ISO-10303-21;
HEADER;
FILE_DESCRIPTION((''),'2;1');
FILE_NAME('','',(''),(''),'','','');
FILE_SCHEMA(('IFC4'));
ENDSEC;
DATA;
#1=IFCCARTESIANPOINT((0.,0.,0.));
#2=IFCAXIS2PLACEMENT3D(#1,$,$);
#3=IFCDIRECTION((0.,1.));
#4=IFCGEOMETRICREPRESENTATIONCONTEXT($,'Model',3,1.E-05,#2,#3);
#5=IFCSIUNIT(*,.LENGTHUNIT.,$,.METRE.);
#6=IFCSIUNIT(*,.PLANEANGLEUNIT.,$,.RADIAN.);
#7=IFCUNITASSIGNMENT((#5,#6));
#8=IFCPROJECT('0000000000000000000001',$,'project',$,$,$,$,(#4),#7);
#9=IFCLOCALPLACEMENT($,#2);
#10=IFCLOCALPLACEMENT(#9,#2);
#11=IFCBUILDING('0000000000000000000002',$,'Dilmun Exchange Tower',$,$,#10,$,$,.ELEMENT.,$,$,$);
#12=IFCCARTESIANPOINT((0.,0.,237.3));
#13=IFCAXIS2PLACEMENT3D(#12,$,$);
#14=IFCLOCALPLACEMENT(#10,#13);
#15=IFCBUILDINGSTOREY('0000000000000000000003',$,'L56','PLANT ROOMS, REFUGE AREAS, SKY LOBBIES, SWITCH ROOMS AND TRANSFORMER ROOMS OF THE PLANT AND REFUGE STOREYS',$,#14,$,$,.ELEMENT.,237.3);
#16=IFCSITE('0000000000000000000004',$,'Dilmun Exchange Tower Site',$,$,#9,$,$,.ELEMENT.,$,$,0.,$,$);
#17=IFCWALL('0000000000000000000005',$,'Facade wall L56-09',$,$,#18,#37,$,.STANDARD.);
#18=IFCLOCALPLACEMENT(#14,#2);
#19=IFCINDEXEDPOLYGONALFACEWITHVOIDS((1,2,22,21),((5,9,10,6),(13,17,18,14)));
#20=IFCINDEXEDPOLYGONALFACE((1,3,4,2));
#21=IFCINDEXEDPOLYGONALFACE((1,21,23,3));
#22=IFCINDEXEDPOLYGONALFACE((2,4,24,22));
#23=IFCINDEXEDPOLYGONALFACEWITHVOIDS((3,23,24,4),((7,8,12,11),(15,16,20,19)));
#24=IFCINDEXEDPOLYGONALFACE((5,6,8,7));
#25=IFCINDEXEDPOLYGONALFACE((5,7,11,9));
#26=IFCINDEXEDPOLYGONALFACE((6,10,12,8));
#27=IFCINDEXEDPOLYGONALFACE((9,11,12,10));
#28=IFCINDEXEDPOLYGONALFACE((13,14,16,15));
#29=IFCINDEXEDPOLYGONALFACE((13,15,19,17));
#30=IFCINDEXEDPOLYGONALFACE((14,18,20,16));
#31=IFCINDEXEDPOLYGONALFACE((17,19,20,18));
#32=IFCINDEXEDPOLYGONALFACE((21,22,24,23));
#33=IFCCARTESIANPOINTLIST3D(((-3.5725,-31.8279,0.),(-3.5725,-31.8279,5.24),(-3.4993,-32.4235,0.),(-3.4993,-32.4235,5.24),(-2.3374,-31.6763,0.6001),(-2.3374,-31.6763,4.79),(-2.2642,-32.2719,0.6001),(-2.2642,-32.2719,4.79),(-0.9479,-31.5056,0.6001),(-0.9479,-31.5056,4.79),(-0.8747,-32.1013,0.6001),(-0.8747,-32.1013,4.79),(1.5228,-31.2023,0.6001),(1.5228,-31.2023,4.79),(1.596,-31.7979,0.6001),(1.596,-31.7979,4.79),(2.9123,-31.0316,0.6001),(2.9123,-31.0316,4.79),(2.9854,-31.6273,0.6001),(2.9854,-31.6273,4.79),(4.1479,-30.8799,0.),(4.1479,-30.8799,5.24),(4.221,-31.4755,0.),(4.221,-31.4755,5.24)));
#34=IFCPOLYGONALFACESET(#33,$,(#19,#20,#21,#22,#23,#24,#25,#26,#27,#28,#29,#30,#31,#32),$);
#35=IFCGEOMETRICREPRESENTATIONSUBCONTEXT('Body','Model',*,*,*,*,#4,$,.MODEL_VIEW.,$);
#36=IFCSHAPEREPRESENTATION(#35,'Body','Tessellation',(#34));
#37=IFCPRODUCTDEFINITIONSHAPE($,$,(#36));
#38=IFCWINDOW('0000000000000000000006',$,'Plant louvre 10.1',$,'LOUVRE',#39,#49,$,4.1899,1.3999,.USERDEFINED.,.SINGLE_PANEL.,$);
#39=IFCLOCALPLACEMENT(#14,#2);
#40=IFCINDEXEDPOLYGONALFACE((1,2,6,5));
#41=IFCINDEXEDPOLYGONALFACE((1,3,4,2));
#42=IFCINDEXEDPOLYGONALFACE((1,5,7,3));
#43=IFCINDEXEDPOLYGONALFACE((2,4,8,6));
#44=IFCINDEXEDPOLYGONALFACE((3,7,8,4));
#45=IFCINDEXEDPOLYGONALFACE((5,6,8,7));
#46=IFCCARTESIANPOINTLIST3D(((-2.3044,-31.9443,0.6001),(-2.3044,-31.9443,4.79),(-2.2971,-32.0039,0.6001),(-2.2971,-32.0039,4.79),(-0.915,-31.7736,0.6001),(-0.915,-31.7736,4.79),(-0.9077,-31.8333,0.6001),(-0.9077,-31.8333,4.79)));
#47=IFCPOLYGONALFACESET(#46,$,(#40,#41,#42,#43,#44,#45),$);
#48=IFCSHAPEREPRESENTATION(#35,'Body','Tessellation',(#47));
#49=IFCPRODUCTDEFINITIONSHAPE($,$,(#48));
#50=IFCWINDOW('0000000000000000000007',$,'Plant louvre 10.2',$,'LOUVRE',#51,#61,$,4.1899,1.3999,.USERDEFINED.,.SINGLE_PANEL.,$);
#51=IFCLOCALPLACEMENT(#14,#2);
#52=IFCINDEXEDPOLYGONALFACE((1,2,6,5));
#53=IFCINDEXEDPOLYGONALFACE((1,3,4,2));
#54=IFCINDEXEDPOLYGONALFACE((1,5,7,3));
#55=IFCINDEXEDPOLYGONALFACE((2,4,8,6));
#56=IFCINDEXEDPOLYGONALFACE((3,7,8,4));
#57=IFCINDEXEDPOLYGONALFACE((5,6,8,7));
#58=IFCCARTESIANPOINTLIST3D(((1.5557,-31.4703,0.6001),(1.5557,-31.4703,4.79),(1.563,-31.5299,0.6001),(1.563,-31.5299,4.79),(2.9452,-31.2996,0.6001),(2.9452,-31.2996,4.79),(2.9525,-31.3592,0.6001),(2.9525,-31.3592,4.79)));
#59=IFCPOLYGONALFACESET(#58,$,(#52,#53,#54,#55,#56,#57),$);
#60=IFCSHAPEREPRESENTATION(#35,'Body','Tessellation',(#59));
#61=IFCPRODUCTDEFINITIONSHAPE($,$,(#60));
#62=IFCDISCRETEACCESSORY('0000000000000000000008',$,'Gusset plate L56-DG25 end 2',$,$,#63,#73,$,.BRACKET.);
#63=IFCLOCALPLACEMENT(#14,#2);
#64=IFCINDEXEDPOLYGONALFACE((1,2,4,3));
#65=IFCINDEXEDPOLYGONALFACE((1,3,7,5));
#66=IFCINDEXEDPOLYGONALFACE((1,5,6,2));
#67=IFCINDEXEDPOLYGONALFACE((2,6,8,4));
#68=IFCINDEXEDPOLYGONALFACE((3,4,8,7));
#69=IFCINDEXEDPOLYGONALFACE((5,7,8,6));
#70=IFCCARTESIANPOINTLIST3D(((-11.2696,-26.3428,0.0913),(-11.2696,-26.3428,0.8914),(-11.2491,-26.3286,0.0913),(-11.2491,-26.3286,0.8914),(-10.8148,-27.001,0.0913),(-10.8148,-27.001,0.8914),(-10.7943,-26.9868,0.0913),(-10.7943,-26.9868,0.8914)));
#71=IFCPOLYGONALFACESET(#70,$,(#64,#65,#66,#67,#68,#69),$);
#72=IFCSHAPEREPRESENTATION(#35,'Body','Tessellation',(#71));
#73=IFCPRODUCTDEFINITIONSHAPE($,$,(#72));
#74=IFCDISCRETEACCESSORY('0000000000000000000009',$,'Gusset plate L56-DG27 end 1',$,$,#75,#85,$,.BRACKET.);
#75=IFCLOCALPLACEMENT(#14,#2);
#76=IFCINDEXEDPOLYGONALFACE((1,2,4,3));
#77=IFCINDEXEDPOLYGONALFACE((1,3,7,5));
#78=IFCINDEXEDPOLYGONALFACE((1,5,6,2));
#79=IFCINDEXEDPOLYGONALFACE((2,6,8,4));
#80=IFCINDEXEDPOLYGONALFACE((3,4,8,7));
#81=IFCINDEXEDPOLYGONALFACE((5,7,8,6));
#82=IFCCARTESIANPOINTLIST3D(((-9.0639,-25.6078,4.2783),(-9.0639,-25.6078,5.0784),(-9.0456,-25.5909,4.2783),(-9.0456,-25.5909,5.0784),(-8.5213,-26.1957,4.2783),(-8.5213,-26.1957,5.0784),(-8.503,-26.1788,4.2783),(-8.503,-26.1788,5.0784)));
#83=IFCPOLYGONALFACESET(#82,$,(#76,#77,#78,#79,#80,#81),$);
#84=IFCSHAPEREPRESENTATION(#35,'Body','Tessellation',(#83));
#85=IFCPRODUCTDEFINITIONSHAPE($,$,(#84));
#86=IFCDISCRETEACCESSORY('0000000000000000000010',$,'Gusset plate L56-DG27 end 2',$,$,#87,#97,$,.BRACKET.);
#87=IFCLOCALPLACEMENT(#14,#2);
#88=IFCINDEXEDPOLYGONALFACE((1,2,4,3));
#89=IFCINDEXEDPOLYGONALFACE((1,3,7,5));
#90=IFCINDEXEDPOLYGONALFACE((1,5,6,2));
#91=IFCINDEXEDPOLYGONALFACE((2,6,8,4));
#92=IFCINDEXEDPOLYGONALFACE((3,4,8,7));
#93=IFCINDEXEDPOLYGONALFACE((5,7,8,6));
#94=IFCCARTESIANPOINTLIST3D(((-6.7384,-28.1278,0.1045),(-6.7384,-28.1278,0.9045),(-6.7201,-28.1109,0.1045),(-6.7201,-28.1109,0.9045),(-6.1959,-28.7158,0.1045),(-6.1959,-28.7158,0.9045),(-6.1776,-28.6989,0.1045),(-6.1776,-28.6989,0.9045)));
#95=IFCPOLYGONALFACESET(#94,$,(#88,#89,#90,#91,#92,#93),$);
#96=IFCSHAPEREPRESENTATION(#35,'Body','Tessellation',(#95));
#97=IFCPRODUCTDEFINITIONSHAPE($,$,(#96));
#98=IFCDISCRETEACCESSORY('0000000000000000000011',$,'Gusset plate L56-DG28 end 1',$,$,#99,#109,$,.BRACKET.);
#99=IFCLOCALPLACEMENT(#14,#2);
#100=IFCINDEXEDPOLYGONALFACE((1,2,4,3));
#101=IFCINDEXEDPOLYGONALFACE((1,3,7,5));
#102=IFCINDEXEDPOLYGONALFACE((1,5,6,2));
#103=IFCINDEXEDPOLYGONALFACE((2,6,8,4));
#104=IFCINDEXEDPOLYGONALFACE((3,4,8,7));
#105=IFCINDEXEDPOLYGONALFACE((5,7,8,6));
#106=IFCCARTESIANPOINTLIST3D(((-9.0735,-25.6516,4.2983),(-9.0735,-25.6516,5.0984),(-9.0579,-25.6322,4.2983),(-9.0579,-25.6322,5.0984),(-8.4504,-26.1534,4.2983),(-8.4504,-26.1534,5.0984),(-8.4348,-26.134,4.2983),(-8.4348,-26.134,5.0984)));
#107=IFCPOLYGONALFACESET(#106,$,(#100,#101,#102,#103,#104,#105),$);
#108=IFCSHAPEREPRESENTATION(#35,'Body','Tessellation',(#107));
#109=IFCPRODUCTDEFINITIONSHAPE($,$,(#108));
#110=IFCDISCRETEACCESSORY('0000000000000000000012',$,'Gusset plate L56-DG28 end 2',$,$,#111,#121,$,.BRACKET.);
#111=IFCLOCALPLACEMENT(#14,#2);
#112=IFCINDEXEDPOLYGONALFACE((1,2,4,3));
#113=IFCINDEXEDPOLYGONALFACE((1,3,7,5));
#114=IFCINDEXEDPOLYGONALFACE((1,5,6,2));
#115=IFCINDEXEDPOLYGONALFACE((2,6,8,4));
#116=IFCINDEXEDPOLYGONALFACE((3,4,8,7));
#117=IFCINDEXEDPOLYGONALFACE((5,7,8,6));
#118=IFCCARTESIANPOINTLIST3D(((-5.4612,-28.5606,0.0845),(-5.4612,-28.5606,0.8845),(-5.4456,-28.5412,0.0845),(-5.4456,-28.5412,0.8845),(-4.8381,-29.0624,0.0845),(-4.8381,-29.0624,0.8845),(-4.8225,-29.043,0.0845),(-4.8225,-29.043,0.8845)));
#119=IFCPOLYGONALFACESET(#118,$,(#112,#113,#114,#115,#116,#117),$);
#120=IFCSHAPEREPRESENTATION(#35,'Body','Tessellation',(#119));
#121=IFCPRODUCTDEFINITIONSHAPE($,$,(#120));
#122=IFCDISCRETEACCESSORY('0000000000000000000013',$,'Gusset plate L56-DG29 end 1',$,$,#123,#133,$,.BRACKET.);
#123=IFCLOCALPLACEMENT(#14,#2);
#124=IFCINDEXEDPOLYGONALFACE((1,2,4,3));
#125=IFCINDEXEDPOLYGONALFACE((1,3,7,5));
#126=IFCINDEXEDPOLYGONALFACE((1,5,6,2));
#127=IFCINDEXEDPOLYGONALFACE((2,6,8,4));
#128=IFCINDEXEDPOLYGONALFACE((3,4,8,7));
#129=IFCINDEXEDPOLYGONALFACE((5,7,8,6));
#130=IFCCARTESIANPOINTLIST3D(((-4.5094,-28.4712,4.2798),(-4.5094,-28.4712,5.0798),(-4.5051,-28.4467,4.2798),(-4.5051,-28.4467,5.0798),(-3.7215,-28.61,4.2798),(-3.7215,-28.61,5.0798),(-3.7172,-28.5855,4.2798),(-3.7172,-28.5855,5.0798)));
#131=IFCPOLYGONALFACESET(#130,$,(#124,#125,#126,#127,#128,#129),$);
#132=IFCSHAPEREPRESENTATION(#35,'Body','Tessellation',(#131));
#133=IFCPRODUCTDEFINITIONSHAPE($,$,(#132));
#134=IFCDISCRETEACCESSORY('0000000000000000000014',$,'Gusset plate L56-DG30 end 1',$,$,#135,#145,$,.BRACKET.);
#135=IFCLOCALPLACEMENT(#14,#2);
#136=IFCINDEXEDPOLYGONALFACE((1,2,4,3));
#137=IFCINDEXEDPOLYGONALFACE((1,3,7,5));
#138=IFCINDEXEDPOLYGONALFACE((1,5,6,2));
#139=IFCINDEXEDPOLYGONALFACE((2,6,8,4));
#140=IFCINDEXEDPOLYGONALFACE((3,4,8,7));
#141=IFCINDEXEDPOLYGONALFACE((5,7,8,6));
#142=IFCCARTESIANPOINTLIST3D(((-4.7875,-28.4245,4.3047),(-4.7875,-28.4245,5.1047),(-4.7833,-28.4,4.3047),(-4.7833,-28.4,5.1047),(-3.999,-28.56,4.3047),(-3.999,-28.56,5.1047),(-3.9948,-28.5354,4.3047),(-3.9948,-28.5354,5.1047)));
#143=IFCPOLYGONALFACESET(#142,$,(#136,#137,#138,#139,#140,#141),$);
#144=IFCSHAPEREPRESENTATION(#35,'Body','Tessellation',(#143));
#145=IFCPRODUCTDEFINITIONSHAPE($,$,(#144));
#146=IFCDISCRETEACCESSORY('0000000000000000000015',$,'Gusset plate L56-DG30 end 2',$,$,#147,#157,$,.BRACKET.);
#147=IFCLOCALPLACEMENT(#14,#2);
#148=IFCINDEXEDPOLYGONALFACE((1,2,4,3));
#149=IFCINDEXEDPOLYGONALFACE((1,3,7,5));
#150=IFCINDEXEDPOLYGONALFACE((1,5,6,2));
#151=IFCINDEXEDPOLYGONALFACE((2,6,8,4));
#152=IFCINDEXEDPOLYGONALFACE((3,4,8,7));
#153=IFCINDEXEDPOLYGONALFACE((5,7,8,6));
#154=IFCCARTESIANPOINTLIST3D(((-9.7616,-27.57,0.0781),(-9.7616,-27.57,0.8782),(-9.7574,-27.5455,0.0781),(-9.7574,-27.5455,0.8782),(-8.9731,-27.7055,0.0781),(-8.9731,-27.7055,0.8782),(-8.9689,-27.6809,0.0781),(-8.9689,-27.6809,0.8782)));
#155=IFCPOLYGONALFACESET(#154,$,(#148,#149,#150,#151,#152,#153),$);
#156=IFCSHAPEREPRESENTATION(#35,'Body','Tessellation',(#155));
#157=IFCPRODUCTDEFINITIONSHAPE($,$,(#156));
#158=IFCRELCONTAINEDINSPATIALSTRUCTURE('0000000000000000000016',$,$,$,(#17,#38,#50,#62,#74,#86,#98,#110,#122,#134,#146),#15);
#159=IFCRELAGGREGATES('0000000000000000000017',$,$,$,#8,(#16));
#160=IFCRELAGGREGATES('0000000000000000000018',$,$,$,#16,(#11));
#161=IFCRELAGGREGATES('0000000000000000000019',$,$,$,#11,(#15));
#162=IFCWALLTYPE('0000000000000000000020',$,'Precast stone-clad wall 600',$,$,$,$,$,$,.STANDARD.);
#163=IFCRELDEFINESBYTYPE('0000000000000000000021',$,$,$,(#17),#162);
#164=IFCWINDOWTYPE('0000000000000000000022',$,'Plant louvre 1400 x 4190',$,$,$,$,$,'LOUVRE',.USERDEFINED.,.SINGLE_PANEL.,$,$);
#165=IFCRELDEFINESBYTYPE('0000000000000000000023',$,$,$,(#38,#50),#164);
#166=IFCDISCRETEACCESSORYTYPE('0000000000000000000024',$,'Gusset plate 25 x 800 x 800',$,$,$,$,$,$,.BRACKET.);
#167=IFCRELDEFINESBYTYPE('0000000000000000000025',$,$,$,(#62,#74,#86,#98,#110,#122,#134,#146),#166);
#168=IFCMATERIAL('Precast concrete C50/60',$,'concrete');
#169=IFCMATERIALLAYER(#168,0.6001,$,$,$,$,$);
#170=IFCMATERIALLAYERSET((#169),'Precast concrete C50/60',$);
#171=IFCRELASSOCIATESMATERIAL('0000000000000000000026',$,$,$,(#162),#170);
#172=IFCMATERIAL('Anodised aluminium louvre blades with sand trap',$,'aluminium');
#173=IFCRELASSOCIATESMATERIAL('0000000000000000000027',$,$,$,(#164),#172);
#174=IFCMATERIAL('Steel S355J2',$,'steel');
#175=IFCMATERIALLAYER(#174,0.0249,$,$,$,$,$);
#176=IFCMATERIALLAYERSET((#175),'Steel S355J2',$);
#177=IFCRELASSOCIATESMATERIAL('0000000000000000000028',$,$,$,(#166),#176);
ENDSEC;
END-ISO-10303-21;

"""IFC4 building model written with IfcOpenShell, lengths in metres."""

from ifc_helpers import new_model, si_unit, direction, frame, frame_2d, origin, origin_2d, place, context, subcontext, project, spatial, rectangle, extrude, material, layer, layer_set, type_object, element, fill, save


model = new_model("IFC4")

# Units and contexts
model_context = context("Model", 3, precision=1e-05, world=origin(), true_north=direction((0.0, 1.0)))
body_context = subcontext(model_context, "Body", "Model", "MODEL_VIEW")
ifc_project = project(units=[si_unit("LENGTHUNIT", "METRE"), si_unit("PLANEANGLEUNIT", "RADIAN")], contexts=[model_context])

# Site, building, storey
site_placement = place(None, origin())
site = spatial("IfcSite", under=ifc_project, at=site_placement, Name="Dilmun Exchange Tower Site", CompositionType="ELEMENT", RefElevation=0.0)
building_placement = place(site_placement, origin())
building = spatial("IfcBuilding", under=site, at=building_placement, Name="Dilmun Exchange Tower", CompositionType="ELEMENT")
storey_placement = place(building_placement, frame((0.0, 0.0, 237.3)))
storey = spatial("IfcBuildingStorey", under=building, at=storey_placement, Name="L56", Description="PLANT ROOMS, REFUGE AREAS, SKY LOBBIES, SWITCH ROOMS AND TRANSFORMER ROOMS OF THE PLANT AND REFUGE STOREYS", CompositionType="ELEMENT", Elevation=237.3)

# Shared definitions
ifc_material_1 = material(Name="Precast concrete C50/60", Category="concrete")
ifc_layer_1 = layer(ifc_material_1, 0.6001)
ifc_layer_set_1 = layer_set([ifc_layer_1], Name="Precast concrete C50/60")
wall_type_1 = type_object("IfcWallType", Name="Precast stone-clad wall 600", PredefinedType="STANDARD", material=ifc_layer_set_1)

# Wall, openings, windows
wall_1_placement = place(storey_placement, frame((-3.5359, -32.1257, 0.0), z_axis=(0.0, 0.0, 1.0), x_axis=(0.992545, 0.121879, 0.0)))
wall_1 = element("IfcWall", 1, at=wall_1_placement, inside=storey, type_object=wall_type_1, Name="Facade wall L56-09", PredefinedType="STANDARD", context=body_context, shape_type="SweptSolid", body=[
    extrude(rectangle(XDim=7.7783, YDim=0.6001, at=frame_2d((3.8892, 0.0))), origin(), (0.0, 0.0, 1.0), 5.24),
])
opening_1_placement = place(wall_1_placement, frame((1.2444, 0.0, 0.6001)))
opening_1 = element("IfcOpeningElement", 2, at=opening_1_placement, cuts=wall_1, PredefinedType="OPENING", context=body_context, shape_type="SweptSolid", body=[
    extrude(rectangle(XDim=1.3999, YDim=4.1899, at=frame_2d((0.7, 2.095))), frame((0.0, 0.3101, 0.0), z_axis=(0.0, -1.0, 0.0), x_axis=(1.0, 0.0, 0.0)), (0.0, 0.0, 1.0), 0.6201),
])
opening_2_placement = place(wall_1_placement, frame((5.1335, 0.0, 0.6001)))
opening_2 = element("IfcOpeningElement", 3, at=opening_2_placement, cuts=wall_1, PredefinedType="OPENING", context=body_context, shape_type="SweptSolid", body=[
    extrude(rectangle(XDim=1.3999, YDim=4.1899, at=frame_2d((0.7, 2.095))), frame((0.0, 0.3101, 0.0), z_axis=(0.0, -1.0, 0.0), x_axis=(1.0, 0.0, 0.0)), (0.0, 0.0, 1.0), 0.6201),
])
ifc_material_2 = material(Name="Anodised aluminium louvre blades with sand trap", Category="aluminium")
window_type = type_object("IfcWindowType", Name="Plant louvre 1400 x 4190", ElementType="LOUVRE", PartitioningType="SINGLE_PANEL", PredefinedType="USERDEFINED", material=ifc_material_2)
window_1_placement = place(opening_1_placement, origin())
window_1 = element("IfcWindow", 4, at=window_1_placement, inside=storey, type_object=window_type, Name="Plant louvre 10.1", ObjectType="LOUVRE", OverallHeight=4.1899, OverallWidth=1.3999, PartitioningType="SINGLE_PANEL", PredefinedType="USERDEFINED", context=body_context, shape_type="SweptSolid", body=[
    extrude(rectangle(XDim=1.3999, YDim=4.1899, at=frame_2d((0.7, 2.095))), frame((0.0, 0.03, 0.0), z_axis=(0.0, -1.0, 0.0), x_axis=(1.0, 0.0, 0.0)), (0.0, 0.0, 1.0), 0.0601),
])
fill(opening_1, window_1)
window_2_placement = place(opening_2_placement, origin())
window_2 = element("IfcWindow", 5, at=window_2_placement, inside=storey, type_object=window_type, Name="Plant louvre 10.2", ObjectType="LOUVRE", OverallHeight=4.1899, OverallWidth=1.3999, PartitioningType="SINGLE_PANEL", PredefinedType="USERDEFINED", context=body_context, shape_type="SweptSolid", body=[
    extrude(rectangle(XDim=1.3999, YDim=4.1899, at=frame_2d((0.7, 2.095))), frame((0.0, 0.03, 0.0), z_axis=(0.0, -1.0, 0.0), x_axis=(1.0, 0.0, 0.0)), (0.0, 0.0, 1.0), 0.0601),
])
fill(opening_2, window_2)

# Discrete accessories
ifc_material_3 = material(Name="Steel S355J2", Category="steel")
ifc_layer_2 = layer(ifc_material_3, 0.0249)
ifc_layer_set_2 = layer_set([ifc_layer_2], Name="Steel S355J2")
discrete_accessory_type = type_object("IfcDiscreteAccessoryType", Name="Gusset plate 25 x 800 x 800", PredefinedType="BRACKET", material=ifc_layer_set_2)
for number, where, z_axis, x_axis, name in (
    (6, (-11.032, -26.6648, 0.0913), (0.0, 0.0, 1.0), (0.56845, -0.822718, 0.0), "Gusset plate L56-DG25 end 2"),
    (7, (-8.7834, -25.8933, 4.2783), (0.0, 0.0, 1.0), (0.678178, -0.734898, 0.0), "Gusset plate L56-DG27 end 1"),
    (8, (-6.458, -28.4133, 0.1045), (0.0, 0.0, 1.0), (0.678178, -0.734898, 0.0), "Gusset plate L56-DG27 end 2"),
    (9, (-8.7542, -25.8928, 4.2983), (0.0, 0.0, 1.0), (0.77886, -0.627198, 0.0), "Gusset plate L56-DG28 end 1"),
    (10, (-5.1418, -28.8018, 0.0845), (0.0, 0.0, 1.0), (0.77886, -0.627198, 0.0), "Gusset plate L56-DG28 end 2"),
    (11, (-4.1133, -28.5283, 4.2798), (0.0, 0.0, 1.0), (0.984838, -0.173475, 0.0), "Gusset plate L56-DG29 end 1"),
    (12, (-4.3911, -28.48, 4.3047), (0.0, 0.0, 1.0), (-0.985563, 0.169307, 0.0), "Gusset plate L56-DG30 end 1"),
    (13, (-9.3652, -27.6255, 0.0781), (0.0, 0.0, 1.0), (-0.985563, 0.169307, 0.0), "Gusset plate L56-DG30 end 2"),
):
    element("IfcDiscreteAccessory", number, at=place(storey_placement, frame(where, z_axis=z_axis, x_axis=x_axis)), inside=storey, type_object=discrete_accessory_type, Name=name, PredefinedType="BRACKET", context=body_context, shape_type="SweptSolid", body=[
        extrude(rectangle(XDim=0.8, YDim=0.0249, at=origin_2d()), origin(), (0.0, 0.0, 1.0), 0.8),
    ])

save(model, "model.ifc")
